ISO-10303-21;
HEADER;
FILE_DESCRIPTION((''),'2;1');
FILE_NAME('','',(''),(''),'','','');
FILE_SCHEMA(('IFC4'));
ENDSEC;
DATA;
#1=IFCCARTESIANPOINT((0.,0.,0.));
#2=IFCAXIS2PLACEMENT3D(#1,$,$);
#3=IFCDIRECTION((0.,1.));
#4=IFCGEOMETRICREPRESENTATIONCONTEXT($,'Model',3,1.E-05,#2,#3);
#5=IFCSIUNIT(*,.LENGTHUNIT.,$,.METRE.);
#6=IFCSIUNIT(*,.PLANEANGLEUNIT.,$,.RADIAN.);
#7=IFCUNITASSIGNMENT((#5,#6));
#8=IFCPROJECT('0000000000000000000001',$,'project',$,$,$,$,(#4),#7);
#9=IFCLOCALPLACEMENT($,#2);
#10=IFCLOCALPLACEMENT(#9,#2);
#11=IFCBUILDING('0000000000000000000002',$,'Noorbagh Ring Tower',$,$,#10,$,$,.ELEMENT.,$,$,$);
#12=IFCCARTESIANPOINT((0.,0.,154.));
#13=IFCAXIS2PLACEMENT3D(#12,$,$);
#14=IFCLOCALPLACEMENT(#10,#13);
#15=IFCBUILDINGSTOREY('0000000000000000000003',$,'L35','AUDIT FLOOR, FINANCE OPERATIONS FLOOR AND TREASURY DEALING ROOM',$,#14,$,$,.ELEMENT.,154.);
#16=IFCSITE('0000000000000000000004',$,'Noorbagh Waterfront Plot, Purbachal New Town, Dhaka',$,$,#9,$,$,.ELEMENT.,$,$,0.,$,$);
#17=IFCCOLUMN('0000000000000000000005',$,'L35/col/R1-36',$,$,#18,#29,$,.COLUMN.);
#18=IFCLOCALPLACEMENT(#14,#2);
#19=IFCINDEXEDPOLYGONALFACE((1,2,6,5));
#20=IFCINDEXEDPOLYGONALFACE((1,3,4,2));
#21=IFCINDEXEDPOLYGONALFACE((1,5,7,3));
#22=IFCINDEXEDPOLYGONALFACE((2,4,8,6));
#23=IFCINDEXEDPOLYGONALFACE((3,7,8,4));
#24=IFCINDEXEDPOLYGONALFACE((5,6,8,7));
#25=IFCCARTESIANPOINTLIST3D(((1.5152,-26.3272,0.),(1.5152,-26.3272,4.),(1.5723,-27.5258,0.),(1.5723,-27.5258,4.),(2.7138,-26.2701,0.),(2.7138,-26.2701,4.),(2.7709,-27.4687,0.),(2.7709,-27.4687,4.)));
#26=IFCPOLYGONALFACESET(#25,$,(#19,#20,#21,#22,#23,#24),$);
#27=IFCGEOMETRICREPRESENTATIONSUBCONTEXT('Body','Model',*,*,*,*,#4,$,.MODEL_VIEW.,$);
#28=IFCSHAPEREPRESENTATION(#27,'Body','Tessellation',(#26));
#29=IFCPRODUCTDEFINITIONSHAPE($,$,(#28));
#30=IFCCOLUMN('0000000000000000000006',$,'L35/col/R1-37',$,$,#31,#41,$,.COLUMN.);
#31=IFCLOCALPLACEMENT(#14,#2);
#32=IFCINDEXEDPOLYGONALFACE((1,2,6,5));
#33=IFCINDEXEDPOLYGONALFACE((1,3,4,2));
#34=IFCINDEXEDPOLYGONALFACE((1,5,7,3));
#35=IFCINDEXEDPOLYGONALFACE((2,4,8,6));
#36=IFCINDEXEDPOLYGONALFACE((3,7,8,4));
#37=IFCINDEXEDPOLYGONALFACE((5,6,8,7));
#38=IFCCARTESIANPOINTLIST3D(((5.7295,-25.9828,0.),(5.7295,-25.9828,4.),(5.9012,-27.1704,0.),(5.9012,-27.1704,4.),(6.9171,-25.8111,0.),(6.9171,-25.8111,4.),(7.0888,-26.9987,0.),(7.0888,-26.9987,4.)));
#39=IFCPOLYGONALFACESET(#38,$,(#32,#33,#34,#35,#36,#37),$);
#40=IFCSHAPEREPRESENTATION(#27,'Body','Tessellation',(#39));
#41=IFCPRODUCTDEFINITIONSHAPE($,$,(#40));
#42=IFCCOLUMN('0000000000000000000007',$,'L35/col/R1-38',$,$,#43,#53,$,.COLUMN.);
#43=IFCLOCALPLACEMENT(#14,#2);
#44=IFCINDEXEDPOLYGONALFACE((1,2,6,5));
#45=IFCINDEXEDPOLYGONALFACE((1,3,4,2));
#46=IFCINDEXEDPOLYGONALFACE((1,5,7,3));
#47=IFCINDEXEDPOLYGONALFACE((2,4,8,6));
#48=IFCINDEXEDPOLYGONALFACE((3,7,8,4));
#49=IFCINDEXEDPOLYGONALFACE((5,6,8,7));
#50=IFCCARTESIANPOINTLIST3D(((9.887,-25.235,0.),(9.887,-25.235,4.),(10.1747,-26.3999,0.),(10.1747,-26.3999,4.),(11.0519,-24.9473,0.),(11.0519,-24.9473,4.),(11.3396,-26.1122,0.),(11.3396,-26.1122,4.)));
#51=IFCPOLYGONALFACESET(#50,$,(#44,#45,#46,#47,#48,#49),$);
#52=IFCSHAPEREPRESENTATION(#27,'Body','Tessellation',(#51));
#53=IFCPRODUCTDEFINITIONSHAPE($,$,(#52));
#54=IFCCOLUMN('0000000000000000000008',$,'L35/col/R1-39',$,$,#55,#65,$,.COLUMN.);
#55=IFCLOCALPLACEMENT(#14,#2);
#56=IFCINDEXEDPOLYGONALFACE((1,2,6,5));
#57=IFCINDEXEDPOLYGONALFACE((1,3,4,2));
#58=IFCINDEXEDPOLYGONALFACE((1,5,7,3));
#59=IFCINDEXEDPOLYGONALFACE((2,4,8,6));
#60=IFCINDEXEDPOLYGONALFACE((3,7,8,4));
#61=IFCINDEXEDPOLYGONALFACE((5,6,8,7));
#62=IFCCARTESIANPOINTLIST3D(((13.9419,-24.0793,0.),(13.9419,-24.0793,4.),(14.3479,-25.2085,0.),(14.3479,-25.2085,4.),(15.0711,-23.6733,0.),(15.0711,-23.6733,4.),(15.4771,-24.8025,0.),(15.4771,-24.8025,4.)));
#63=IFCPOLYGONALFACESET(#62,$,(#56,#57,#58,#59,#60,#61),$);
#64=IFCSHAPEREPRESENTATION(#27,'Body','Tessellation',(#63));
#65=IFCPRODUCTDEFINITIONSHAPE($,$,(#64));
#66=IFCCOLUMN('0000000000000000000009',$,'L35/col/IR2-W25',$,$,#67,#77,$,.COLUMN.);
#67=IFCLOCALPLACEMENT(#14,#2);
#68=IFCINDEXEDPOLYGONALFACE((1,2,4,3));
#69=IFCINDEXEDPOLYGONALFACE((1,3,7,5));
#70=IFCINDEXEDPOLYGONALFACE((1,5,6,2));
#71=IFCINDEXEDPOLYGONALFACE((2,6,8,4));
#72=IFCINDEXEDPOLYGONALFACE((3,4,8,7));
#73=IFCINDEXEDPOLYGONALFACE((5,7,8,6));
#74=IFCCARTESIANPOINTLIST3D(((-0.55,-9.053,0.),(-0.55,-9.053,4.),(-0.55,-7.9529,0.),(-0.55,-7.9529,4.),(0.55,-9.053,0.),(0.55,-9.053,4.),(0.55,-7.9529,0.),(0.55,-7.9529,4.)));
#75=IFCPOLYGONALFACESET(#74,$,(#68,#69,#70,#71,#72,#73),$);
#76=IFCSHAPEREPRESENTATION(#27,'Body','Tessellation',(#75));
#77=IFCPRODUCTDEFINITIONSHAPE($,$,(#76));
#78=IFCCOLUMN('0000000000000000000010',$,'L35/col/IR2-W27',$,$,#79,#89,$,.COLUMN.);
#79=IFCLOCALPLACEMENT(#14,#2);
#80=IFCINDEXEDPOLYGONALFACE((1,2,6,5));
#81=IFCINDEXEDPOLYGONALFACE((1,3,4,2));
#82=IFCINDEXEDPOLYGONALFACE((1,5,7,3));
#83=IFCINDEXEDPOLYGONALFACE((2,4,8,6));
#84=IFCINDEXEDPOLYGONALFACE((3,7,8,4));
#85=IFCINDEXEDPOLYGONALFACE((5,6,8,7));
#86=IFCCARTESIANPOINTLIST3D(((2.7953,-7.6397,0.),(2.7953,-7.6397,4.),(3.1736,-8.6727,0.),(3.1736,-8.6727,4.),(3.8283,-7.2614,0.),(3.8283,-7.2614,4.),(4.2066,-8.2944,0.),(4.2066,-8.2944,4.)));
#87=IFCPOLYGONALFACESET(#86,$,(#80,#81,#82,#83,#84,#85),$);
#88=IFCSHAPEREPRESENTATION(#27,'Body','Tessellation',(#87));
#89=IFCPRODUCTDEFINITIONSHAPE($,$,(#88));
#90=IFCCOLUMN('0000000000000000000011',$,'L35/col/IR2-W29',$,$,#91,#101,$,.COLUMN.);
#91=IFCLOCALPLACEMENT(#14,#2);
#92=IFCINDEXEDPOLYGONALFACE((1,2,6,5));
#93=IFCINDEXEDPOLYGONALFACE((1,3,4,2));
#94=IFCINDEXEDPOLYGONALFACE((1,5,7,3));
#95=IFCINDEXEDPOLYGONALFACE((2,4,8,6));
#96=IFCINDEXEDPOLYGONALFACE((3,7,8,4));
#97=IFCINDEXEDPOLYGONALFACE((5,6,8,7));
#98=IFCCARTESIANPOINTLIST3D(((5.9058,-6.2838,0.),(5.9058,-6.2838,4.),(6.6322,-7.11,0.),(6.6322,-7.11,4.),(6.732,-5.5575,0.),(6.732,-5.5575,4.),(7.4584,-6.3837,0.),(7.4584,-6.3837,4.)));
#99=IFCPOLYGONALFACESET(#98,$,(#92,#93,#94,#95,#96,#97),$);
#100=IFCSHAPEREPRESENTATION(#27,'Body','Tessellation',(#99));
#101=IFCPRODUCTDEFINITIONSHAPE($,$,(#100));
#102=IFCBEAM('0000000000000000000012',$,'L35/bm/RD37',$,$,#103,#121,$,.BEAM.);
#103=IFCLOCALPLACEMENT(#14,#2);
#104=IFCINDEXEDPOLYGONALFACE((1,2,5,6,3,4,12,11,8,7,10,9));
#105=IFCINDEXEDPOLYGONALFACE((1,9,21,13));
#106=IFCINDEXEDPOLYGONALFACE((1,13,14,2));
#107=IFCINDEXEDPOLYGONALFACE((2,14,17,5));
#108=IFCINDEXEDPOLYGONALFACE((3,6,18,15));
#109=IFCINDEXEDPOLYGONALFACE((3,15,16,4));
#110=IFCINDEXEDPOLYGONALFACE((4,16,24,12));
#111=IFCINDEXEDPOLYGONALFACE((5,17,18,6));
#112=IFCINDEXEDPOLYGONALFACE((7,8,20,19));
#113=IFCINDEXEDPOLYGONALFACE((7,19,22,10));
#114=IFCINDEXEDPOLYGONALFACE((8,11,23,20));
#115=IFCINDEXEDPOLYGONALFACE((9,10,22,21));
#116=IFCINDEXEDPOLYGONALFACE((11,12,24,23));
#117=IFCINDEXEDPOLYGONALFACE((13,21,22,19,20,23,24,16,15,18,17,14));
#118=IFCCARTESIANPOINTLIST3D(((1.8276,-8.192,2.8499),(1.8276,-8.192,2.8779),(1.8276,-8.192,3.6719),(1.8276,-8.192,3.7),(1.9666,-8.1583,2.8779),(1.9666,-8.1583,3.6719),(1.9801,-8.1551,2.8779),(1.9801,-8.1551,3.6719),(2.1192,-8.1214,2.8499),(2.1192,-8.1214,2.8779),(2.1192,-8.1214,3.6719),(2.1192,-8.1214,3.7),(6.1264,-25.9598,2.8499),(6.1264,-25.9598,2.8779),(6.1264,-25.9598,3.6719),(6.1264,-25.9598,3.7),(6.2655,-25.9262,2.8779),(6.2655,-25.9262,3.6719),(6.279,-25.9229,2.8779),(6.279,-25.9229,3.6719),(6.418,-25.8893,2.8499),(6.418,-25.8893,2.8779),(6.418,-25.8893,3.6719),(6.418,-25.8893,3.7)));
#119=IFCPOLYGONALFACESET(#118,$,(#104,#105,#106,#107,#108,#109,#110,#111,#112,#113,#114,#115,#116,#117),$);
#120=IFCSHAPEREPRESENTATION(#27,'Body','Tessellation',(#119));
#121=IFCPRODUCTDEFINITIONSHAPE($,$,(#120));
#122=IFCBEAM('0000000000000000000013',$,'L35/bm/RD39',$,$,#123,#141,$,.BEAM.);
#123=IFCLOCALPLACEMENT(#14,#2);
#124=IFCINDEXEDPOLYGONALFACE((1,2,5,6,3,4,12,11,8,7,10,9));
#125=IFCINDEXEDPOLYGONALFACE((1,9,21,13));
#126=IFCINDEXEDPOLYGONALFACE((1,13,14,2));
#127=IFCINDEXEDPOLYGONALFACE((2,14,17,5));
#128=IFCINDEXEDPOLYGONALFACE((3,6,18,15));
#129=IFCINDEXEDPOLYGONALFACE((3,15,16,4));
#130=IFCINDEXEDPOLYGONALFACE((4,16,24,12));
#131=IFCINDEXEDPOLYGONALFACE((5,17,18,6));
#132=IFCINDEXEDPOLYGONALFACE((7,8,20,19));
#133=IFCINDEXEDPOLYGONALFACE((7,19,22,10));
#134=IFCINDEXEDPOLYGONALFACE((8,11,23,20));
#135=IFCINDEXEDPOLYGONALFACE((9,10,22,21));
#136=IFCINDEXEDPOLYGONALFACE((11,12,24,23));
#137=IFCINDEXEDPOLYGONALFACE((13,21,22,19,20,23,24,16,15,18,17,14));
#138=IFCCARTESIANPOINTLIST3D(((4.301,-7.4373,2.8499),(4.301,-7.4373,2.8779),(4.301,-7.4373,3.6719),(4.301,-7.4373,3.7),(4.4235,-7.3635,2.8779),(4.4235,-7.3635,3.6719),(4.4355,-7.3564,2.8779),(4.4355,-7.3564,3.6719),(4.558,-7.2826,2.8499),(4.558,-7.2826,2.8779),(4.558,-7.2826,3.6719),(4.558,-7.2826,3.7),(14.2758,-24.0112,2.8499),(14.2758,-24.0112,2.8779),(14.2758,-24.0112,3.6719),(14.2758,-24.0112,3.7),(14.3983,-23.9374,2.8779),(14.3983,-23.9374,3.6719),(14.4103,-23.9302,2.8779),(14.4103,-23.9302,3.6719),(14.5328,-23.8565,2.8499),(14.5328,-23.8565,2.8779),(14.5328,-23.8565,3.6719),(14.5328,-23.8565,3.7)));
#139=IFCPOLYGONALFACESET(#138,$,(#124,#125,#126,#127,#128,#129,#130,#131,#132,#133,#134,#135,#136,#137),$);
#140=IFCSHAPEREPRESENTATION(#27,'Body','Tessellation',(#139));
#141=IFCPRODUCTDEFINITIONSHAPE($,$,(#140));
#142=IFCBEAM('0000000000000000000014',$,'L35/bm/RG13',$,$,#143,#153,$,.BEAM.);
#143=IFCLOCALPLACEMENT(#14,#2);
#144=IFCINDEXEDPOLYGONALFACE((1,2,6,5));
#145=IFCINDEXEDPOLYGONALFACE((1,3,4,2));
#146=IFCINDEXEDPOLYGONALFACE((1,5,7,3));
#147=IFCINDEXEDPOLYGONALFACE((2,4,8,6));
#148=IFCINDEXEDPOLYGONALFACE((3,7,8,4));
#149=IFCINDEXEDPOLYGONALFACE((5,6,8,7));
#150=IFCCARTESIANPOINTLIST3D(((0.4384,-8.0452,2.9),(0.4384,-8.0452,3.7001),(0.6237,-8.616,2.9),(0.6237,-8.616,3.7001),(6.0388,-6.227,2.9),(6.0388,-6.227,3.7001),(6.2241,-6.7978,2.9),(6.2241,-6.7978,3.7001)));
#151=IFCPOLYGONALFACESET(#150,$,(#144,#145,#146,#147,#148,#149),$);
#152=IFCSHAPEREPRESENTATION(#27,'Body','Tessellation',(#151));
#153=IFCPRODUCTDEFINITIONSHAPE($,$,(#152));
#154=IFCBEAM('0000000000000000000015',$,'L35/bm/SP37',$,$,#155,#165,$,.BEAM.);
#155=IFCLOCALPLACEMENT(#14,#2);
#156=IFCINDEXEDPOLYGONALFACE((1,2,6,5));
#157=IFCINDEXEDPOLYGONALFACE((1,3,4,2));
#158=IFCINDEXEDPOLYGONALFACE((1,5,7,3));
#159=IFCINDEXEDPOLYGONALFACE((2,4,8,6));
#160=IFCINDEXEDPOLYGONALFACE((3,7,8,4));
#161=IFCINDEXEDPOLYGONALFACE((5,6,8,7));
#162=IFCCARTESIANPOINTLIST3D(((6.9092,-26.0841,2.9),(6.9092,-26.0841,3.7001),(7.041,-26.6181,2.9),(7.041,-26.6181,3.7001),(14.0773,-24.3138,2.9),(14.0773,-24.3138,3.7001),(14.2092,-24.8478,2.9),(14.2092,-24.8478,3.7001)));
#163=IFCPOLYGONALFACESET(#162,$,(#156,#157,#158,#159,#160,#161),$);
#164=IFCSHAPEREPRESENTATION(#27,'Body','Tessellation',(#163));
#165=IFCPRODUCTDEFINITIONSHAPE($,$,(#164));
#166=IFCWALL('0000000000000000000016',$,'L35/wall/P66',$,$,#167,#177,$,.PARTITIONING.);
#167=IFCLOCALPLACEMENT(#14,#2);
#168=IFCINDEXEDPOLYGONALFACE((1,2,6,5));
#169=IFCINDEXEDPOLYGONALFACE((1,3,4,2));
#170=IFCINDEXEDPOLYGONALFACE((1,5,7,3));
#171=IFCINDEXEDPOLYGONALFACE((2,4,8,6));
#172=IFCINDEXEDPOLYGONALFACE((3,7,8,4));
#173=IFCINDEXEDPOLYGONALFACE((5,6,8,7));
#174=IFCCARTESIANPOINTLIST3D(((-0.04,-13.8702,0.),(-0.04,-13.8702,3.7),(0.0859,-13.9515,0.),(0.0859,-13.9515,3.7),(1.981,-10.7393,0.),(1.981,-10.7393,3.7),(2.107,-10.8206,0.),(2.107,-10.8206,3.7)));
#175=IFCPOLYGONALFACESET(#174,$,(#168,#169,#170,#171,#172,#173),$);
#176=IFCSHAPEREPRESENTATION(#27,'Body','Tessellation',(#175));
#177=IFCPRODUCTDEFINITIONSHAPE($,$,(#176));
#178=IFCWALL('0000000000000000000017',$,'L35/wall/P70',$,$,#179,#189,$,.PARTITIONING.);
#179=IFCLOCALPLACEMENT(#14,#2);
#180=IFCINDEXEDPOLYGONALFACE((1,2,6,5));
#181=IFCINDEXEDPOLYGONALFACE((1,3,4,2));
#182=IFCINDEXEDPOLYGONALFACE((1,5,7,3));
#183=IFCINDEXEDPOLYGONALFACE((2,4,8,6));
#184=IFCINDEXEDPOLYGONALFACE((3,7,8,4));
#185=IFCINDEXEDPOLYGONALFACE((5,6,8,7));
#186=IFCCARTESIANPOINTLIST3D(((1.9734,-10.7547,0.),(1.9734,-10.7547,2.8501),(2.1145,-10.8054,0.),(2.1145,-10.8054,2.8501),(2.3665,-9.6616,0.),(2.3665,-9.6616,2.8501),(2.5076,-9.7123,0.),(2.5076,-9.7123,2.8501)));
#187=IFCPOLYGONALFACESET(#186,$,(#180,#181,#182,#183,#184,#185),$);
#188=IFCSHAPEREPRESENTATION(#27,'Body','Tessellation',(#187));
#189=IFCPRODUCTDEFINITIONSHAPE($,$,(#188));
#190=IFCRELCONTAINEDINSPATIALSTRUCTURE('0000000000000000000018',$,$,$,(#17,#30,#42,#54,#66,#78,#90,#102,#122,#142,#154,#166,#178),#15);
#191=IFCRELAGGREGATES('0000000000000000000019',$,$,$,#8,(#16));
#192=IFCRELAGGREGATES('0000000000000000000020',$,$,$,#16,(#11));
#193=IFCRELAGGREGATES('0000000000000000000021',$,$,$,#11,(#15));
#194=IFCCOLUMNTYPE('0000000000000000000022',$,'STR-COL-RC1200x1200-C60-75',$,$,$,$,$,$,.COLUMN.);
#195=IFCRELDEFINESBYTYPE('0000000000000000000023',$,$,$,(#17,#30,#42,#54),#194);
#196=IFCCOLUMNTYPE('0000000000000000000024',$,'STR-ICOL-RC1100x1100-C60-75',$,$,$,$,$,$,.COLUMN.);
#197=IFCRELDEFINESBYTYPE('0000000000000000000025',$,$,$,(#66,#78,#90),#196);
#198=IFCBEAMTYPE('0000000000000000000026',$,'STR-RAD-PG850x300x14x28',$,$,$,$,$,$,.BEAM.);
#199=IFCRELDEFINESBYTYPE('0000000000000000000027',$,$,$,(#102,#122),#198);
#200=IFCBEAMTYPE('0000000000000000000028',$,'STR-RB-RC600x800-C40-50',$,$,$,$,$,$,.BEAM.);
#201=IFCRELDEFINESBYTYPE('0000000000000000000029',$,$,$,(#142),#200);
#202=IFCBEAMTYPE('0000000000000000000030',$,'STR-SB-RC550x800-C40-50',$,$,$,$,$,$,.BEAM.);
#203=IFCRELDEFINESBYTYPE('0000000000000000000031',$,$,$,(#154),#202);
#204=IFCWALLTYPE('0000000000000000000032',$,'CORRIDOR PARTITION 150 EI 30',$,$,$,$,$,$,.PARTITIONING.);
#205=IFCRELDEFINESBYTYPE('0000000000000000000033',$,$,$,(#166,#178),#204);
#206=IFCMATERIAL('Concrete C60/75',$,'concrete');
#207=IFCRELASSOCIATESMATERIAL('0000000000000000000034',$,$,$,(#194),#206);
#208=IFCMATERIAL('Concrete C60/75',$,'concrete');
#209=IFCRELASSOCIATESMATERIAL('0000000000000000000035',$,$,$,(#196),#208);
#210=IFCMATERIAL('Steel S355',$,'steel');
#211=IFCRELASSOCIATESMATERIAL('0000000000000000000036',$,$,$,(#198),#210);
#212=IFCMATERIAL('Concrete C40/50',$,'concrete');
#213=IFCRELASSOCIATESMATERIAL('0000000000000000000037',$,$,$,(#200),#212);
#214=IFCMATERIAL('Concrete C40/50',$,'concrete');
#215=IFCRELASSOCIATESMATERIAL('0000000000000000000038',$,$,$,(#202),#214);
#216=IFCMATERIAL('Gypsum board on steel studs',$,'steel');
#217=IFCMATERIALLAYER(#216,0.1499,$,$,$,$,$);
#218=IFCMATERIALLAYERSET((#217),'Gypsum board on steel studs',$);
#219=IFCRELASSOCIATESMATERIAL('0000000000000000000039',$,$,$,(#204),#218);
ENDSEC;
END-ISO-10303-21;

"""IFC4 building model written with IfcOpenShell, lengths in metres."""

from ifc_helpers import new_model, si_unit, direction, frame, frame_2d, origin, origin_2d, place, context, subcontext, project, spatial, rectangle, i_section, extrude, material, layer, layer_set, material_profile, profile_set, type_object, element, save


model = new_model("IFC4")

# Units and contexts
model_context = context("Model", 3, precision=1e-05, world=origin(), true_north=direction((0.0, 1.0)))
body_context = subcontext(model_context, "Body", "Model", "MODEL_VIEW")
ifc_project = project(units=[si_unit("LENGTHUNIT", "METRE"), si_unit("PLANEANGLEUNIT", "RADIAN")], contexts=[model_context])

# Site, building, storey
site_placement = place(None, origin())
site = spatial("IfcSite", under=ifc_project, at=site_placement, Name="Noorbagh Waterfront Plot, Purbachal New Town, Dhaka", CompositionType="ELEMENT", RefElevation=0.0)
building_placement = place(site_placement, origin())
building = spatial("IfcBuilding", under=site, at=building_placement, Name="Noorbagh Ring Tower", CompositionType="ELEMENT")
storey_placement = place(building_placement, frame((0.0, 0.0, 154.0)))
storey = spatial("IfcBuildingStorey", under=building, at=storey_placement, Name="L35", Description="AUDIT FLOOR, FINANCE OPERATIONS FLOOR AND TREASURY DEALING ROOM", CompositionType="ELEMENT", Elevation=154.0)

# Columns
ifc_material_1 = material(Name="Concrete C60/75", Category="concrete")
ifc_material_profile_1 = material_profile(ifc_material_1, rectangle(XDim=1.2, YDim=1.2, at=origin_2d()), Name="RC1200x1200")
ifc_profile_set_1 = profile_set([ifc_material_profile_1], Name="Concrete C60/75")
column_type_1 = type_object("IfcColumnType", Name="STR-COL-RC1200x1200-C60-75", PredefinedType="COLUMN", material=ifc_profile_set_1)
for number, where, z_axis, x_axis, name in (
    (1, (2.1431, -26.8979, 0.0), (0.0, 0.0, 1.0), (0.998869, 0.047553, 0.0), "L35/col/R1-36"),
    (2, (6.4092, -26.4907, 0.0), (0.0, 0.0, 1.0), (0.989713, 0.143066, 0.0), "L35/col/R1-37"),
    (3, (10.6133, -25.6736, 0.0), (0.0, 0.0, 1.0), (0.970829, 0.239771, 0.0), "L35/col/R1-38"),
    (4, (14.7095, -24.4409, 0.0), (0.0, 0.0, 1.0), (0.941025, 0.338338, 0.0), "L35/col/R1-39"),
):
    element("IfcColumn", number, at=place(storey_placement, frame(where, z_axis=z_axis, x_axis=x_axis)), inside=storey, type_object=column_type_1, Name=name, PredefinedType="COLUMN", context=body_context, shape_type="SweptSolid", body=[
        extrude(rectangle(XDim=1.2, YDim=1.2, at=origin_2d()), origin(), (0.0, 0.0, 1.0), 4.0),
    ])
ifc_material_2 = material(Name="Concrete C60/75", Category="concrete")
ifc_material_profile_2 = material_profile(ifc_material_2, rectangle(XDim=1.1001, YDim=1.1001, at=origin_2d()), Name="RC1100x1100")
ifc_profile_set_2 = profile_set([ifc_material_profile_2], Name="Concrete C60/75")
column_type_2 = type_object("IfcColumnType", Name="STR-ICOL-RC1100x1100-C60-75", PredefinedType="COLUMN", material=ifc_profile_set_2)
for number, where, z_axis, x_axis, name in (
    (5, (0.0, -8.5029, 0.0), (0.0, 0.0, 1.0), (1.0, 0.0, 0.0), "L35/col/IR2-W25"),
    (6, (3.501, -7.967, 0.0), (0.0, 0.0, 1.0), (0.93902, 0.343864, 0.0), "L35/col/IR2-W27"),
    (7, (6.6821, -6.3337, 0.0), (0.0, 0.0, 1.0), (0.751022, 0.660277, 0.0), "L35/col/IR2-W29"),
):
    element("IfcColumn", number, at=place(storey_placement, frame(where, z_axis=z_axis, x_axis=x_axis)), inside=storey, type_object=column_type_2, Name=name, PredefinedType="COLUMN", context=body_context, shape_type="SweptSolid", body=[
        extrude(rectangle(XDim=1.1001, YDim=1.1001, at=origin_2d()), origin(), (0.0, 0.0, 1.0), 4.0),
    ])

# Beams
ifc_material_3 = material(Name="Steel S355", Category="steel")
ifc_material_profile_3 = material_profile(ifc_material_3, i_section(OverallWidth=0.3, OverallDepth=0.8501, WebThickness=0.0139, FlangeThickness=0.0281, at=origin_2d()), Name="PG850x300x14x28")
ifc_profile_set_3 = profile_set([ifc_material_profile_3], Name="Steel S355")
beam_type_1 = type_object("IfcBeamType", Name="STR-RAD-PG850x300x14x28", PredefinedType="BEAM", material=ifc_profile_set_3)
beam_1_placement = place(storey_placement, frame((6.2722, -25.9246, 3.2749), z_axis=(-0.23516, 0.971957, 0.0), x_axis=(-0.971957, -0.23516, 0.0)))
element("IfcBeam", 8, at=beam_1_placement, inside=storey, type_object=beam_type_1, Name="L35/bm/RD37", PredefinedType="BEAM", context=body_context, shape_type="SweptSolid", body=[
    extrude(i_section(OverallWidth=0.3, OverallDepth=0.8501, WebThickness=0.0139, FlangeThickness=0.0281, at=origin_2d()), origin(), (0.0, 0.0, 1.0), 18.2805),
])
beam_2_placement = place(storey_placement, frame((14.4043, -23.9338, 3.2749), z_axis=(-0.515653, 0.856797, 0.0), x_axis=(-0.856797, -0.515653, 0.0)))
element("IfcBeam", 9, at=beam_2_placement, inside=storey, type_object=beam_type_1, Name="L35/bm/RD39", PredefinedType="BEAM", context=body_context, shape_type="SweptSolid", body=[
    extrude(i_section(OverallWidth=0.3, OverallDepth=0.8501, WebThickness=0.0139, FlangeThickness=0.0281, at=origin_2d()), origin(), (0.0, 0.0, 1.0), 19.344),
])
ifc_material_4 = material(Name="Concrete C40/50", Category="concrete")
ifc_material_profile_4 = material_profile(ifc_material_4, rectangle(XDim=0.6001, YDim=0.8, at=origin_2d()), Name="RC600x800")
ifc_profile_set_4 = profile_set([ifc_material_profile_4], Name="Concrete C40/50")
beam_type_2 = type_object("IfcBeamType", Name="STR-RB-RC600x800-C40-50", PredefinedType="BEAM", material=ifc_profile_set_4)
beam_3_placement = place(storey_placement, frame((0.531, -8.3306, 3.3), z_axis=(0.951134, 0.308779, 0.0), x_axis=(-0.308779, 0.951134, 0.0)))
element("IfcBeam", 10, at=beam_3_placement, inside=storey, type_object=beam_type_2, Name="L35/bm/RG13", PredefinedType="BEAM", context=body_context, shape_type="SweptSolid", body=[
    extrude(rectangle(XDim=0.6001, YDim=0.8, at=origin_2d()), origin(), (0.0, 0.0, 1.0), 5.8882),
])
ifc_material_5 = material(Name="Concrete C40/50", Category="concrete")
ifc_material_profile_5 = material_profile(ifc_material_5, rectangle(XDim=0.55, YDim=0.8, at=origin_2d()), Name="RC550x800")
ifc_profile_set_5 = profile_set([ifc_material_profile_5], Name="Concrete C40/50")
beam_type_3 = type_object("IfcBeamType", Name="STR-SB-RC550x800-C40-50", PredefinedType="BEAM", material=ifc_profile_set_5)
beam_4_placement = place(storey_placement, frame((6.9751, -26.3511, 3.3), z_axis=(0.970833, 0.239757, 0.0), x_axis=(-0.239757, 0.970833, 0.0)))
element("IfcBeam", 11, at=beam_4_placement, inside=storey, type_object=beam_type_3, Name="L35/bm/SP37", PredefinedType="BEAM", context=body_context, shape_type="SweptSolid", body=[
    extrude(rectangle(XDim=0.55, YDim=0.8, at=origin_2d()), origin(), (0.0, 0.0, 1.0), 7.3835),
])

# Walls
ifc_material_6 = material(Name="Gypsum board on steel studs", Category="steel")
ifc_layer_1 = layer(ifc_material_6, 0.1499)
ifc_layer_set_1 = layer_set([ifc_layer_1], Name="Gypsum board on steel studs")
wall_type_1 = type_object("IfcWallType", Name="CORRIDOR PARTITION 150 EI 30", PredefinedType="PARTITIONING", material=ifc_layer_set_1)
wall_1_placement = place(storey_placement, frame((0.0229, -13.9109, 0.0), z_axis=(0.0, 0.0, 1.0), x_axis=(0.542333, 0.840164, 0.0)))
element("IfcWall", 12, at=wall_1_placement, inside=storey, type_object=wall_type_1, Name="L35/wall/P66", PredefinedType="PARTITIONING", context=body_context, shape_type="SweptSolid", body=[
    extrude(rectangle(XDim=3.7266, YDim=0.1499, at=frame_2d((1.8633, 0.0))), origin(), (0.0, 0.0, 1.0), 3.7),
])
wall_2_placement = place(storey_placement, frame((2.0439, -10.78, 0.0), z_axis=(0.0, 0.0, 1.0), x_axis=(0.338399, 0.941003, 0.0)))
element("IfcWall", 13, at=wall_2_placement, inside=storey, type_object=wall_type_1, Name="L35/wall/P70", PredefinedType="PARTITIONING", context=body_context, shape_type="SweptSolid", body=[
    extrude(rectangle(XDim=1.1616, YDim=0.1499, at=frame_2d((0.5808, 0.0))), origin(), (0.0, 0.0, 1.0), 2.8501),
])

save(model, "model.ifc")
